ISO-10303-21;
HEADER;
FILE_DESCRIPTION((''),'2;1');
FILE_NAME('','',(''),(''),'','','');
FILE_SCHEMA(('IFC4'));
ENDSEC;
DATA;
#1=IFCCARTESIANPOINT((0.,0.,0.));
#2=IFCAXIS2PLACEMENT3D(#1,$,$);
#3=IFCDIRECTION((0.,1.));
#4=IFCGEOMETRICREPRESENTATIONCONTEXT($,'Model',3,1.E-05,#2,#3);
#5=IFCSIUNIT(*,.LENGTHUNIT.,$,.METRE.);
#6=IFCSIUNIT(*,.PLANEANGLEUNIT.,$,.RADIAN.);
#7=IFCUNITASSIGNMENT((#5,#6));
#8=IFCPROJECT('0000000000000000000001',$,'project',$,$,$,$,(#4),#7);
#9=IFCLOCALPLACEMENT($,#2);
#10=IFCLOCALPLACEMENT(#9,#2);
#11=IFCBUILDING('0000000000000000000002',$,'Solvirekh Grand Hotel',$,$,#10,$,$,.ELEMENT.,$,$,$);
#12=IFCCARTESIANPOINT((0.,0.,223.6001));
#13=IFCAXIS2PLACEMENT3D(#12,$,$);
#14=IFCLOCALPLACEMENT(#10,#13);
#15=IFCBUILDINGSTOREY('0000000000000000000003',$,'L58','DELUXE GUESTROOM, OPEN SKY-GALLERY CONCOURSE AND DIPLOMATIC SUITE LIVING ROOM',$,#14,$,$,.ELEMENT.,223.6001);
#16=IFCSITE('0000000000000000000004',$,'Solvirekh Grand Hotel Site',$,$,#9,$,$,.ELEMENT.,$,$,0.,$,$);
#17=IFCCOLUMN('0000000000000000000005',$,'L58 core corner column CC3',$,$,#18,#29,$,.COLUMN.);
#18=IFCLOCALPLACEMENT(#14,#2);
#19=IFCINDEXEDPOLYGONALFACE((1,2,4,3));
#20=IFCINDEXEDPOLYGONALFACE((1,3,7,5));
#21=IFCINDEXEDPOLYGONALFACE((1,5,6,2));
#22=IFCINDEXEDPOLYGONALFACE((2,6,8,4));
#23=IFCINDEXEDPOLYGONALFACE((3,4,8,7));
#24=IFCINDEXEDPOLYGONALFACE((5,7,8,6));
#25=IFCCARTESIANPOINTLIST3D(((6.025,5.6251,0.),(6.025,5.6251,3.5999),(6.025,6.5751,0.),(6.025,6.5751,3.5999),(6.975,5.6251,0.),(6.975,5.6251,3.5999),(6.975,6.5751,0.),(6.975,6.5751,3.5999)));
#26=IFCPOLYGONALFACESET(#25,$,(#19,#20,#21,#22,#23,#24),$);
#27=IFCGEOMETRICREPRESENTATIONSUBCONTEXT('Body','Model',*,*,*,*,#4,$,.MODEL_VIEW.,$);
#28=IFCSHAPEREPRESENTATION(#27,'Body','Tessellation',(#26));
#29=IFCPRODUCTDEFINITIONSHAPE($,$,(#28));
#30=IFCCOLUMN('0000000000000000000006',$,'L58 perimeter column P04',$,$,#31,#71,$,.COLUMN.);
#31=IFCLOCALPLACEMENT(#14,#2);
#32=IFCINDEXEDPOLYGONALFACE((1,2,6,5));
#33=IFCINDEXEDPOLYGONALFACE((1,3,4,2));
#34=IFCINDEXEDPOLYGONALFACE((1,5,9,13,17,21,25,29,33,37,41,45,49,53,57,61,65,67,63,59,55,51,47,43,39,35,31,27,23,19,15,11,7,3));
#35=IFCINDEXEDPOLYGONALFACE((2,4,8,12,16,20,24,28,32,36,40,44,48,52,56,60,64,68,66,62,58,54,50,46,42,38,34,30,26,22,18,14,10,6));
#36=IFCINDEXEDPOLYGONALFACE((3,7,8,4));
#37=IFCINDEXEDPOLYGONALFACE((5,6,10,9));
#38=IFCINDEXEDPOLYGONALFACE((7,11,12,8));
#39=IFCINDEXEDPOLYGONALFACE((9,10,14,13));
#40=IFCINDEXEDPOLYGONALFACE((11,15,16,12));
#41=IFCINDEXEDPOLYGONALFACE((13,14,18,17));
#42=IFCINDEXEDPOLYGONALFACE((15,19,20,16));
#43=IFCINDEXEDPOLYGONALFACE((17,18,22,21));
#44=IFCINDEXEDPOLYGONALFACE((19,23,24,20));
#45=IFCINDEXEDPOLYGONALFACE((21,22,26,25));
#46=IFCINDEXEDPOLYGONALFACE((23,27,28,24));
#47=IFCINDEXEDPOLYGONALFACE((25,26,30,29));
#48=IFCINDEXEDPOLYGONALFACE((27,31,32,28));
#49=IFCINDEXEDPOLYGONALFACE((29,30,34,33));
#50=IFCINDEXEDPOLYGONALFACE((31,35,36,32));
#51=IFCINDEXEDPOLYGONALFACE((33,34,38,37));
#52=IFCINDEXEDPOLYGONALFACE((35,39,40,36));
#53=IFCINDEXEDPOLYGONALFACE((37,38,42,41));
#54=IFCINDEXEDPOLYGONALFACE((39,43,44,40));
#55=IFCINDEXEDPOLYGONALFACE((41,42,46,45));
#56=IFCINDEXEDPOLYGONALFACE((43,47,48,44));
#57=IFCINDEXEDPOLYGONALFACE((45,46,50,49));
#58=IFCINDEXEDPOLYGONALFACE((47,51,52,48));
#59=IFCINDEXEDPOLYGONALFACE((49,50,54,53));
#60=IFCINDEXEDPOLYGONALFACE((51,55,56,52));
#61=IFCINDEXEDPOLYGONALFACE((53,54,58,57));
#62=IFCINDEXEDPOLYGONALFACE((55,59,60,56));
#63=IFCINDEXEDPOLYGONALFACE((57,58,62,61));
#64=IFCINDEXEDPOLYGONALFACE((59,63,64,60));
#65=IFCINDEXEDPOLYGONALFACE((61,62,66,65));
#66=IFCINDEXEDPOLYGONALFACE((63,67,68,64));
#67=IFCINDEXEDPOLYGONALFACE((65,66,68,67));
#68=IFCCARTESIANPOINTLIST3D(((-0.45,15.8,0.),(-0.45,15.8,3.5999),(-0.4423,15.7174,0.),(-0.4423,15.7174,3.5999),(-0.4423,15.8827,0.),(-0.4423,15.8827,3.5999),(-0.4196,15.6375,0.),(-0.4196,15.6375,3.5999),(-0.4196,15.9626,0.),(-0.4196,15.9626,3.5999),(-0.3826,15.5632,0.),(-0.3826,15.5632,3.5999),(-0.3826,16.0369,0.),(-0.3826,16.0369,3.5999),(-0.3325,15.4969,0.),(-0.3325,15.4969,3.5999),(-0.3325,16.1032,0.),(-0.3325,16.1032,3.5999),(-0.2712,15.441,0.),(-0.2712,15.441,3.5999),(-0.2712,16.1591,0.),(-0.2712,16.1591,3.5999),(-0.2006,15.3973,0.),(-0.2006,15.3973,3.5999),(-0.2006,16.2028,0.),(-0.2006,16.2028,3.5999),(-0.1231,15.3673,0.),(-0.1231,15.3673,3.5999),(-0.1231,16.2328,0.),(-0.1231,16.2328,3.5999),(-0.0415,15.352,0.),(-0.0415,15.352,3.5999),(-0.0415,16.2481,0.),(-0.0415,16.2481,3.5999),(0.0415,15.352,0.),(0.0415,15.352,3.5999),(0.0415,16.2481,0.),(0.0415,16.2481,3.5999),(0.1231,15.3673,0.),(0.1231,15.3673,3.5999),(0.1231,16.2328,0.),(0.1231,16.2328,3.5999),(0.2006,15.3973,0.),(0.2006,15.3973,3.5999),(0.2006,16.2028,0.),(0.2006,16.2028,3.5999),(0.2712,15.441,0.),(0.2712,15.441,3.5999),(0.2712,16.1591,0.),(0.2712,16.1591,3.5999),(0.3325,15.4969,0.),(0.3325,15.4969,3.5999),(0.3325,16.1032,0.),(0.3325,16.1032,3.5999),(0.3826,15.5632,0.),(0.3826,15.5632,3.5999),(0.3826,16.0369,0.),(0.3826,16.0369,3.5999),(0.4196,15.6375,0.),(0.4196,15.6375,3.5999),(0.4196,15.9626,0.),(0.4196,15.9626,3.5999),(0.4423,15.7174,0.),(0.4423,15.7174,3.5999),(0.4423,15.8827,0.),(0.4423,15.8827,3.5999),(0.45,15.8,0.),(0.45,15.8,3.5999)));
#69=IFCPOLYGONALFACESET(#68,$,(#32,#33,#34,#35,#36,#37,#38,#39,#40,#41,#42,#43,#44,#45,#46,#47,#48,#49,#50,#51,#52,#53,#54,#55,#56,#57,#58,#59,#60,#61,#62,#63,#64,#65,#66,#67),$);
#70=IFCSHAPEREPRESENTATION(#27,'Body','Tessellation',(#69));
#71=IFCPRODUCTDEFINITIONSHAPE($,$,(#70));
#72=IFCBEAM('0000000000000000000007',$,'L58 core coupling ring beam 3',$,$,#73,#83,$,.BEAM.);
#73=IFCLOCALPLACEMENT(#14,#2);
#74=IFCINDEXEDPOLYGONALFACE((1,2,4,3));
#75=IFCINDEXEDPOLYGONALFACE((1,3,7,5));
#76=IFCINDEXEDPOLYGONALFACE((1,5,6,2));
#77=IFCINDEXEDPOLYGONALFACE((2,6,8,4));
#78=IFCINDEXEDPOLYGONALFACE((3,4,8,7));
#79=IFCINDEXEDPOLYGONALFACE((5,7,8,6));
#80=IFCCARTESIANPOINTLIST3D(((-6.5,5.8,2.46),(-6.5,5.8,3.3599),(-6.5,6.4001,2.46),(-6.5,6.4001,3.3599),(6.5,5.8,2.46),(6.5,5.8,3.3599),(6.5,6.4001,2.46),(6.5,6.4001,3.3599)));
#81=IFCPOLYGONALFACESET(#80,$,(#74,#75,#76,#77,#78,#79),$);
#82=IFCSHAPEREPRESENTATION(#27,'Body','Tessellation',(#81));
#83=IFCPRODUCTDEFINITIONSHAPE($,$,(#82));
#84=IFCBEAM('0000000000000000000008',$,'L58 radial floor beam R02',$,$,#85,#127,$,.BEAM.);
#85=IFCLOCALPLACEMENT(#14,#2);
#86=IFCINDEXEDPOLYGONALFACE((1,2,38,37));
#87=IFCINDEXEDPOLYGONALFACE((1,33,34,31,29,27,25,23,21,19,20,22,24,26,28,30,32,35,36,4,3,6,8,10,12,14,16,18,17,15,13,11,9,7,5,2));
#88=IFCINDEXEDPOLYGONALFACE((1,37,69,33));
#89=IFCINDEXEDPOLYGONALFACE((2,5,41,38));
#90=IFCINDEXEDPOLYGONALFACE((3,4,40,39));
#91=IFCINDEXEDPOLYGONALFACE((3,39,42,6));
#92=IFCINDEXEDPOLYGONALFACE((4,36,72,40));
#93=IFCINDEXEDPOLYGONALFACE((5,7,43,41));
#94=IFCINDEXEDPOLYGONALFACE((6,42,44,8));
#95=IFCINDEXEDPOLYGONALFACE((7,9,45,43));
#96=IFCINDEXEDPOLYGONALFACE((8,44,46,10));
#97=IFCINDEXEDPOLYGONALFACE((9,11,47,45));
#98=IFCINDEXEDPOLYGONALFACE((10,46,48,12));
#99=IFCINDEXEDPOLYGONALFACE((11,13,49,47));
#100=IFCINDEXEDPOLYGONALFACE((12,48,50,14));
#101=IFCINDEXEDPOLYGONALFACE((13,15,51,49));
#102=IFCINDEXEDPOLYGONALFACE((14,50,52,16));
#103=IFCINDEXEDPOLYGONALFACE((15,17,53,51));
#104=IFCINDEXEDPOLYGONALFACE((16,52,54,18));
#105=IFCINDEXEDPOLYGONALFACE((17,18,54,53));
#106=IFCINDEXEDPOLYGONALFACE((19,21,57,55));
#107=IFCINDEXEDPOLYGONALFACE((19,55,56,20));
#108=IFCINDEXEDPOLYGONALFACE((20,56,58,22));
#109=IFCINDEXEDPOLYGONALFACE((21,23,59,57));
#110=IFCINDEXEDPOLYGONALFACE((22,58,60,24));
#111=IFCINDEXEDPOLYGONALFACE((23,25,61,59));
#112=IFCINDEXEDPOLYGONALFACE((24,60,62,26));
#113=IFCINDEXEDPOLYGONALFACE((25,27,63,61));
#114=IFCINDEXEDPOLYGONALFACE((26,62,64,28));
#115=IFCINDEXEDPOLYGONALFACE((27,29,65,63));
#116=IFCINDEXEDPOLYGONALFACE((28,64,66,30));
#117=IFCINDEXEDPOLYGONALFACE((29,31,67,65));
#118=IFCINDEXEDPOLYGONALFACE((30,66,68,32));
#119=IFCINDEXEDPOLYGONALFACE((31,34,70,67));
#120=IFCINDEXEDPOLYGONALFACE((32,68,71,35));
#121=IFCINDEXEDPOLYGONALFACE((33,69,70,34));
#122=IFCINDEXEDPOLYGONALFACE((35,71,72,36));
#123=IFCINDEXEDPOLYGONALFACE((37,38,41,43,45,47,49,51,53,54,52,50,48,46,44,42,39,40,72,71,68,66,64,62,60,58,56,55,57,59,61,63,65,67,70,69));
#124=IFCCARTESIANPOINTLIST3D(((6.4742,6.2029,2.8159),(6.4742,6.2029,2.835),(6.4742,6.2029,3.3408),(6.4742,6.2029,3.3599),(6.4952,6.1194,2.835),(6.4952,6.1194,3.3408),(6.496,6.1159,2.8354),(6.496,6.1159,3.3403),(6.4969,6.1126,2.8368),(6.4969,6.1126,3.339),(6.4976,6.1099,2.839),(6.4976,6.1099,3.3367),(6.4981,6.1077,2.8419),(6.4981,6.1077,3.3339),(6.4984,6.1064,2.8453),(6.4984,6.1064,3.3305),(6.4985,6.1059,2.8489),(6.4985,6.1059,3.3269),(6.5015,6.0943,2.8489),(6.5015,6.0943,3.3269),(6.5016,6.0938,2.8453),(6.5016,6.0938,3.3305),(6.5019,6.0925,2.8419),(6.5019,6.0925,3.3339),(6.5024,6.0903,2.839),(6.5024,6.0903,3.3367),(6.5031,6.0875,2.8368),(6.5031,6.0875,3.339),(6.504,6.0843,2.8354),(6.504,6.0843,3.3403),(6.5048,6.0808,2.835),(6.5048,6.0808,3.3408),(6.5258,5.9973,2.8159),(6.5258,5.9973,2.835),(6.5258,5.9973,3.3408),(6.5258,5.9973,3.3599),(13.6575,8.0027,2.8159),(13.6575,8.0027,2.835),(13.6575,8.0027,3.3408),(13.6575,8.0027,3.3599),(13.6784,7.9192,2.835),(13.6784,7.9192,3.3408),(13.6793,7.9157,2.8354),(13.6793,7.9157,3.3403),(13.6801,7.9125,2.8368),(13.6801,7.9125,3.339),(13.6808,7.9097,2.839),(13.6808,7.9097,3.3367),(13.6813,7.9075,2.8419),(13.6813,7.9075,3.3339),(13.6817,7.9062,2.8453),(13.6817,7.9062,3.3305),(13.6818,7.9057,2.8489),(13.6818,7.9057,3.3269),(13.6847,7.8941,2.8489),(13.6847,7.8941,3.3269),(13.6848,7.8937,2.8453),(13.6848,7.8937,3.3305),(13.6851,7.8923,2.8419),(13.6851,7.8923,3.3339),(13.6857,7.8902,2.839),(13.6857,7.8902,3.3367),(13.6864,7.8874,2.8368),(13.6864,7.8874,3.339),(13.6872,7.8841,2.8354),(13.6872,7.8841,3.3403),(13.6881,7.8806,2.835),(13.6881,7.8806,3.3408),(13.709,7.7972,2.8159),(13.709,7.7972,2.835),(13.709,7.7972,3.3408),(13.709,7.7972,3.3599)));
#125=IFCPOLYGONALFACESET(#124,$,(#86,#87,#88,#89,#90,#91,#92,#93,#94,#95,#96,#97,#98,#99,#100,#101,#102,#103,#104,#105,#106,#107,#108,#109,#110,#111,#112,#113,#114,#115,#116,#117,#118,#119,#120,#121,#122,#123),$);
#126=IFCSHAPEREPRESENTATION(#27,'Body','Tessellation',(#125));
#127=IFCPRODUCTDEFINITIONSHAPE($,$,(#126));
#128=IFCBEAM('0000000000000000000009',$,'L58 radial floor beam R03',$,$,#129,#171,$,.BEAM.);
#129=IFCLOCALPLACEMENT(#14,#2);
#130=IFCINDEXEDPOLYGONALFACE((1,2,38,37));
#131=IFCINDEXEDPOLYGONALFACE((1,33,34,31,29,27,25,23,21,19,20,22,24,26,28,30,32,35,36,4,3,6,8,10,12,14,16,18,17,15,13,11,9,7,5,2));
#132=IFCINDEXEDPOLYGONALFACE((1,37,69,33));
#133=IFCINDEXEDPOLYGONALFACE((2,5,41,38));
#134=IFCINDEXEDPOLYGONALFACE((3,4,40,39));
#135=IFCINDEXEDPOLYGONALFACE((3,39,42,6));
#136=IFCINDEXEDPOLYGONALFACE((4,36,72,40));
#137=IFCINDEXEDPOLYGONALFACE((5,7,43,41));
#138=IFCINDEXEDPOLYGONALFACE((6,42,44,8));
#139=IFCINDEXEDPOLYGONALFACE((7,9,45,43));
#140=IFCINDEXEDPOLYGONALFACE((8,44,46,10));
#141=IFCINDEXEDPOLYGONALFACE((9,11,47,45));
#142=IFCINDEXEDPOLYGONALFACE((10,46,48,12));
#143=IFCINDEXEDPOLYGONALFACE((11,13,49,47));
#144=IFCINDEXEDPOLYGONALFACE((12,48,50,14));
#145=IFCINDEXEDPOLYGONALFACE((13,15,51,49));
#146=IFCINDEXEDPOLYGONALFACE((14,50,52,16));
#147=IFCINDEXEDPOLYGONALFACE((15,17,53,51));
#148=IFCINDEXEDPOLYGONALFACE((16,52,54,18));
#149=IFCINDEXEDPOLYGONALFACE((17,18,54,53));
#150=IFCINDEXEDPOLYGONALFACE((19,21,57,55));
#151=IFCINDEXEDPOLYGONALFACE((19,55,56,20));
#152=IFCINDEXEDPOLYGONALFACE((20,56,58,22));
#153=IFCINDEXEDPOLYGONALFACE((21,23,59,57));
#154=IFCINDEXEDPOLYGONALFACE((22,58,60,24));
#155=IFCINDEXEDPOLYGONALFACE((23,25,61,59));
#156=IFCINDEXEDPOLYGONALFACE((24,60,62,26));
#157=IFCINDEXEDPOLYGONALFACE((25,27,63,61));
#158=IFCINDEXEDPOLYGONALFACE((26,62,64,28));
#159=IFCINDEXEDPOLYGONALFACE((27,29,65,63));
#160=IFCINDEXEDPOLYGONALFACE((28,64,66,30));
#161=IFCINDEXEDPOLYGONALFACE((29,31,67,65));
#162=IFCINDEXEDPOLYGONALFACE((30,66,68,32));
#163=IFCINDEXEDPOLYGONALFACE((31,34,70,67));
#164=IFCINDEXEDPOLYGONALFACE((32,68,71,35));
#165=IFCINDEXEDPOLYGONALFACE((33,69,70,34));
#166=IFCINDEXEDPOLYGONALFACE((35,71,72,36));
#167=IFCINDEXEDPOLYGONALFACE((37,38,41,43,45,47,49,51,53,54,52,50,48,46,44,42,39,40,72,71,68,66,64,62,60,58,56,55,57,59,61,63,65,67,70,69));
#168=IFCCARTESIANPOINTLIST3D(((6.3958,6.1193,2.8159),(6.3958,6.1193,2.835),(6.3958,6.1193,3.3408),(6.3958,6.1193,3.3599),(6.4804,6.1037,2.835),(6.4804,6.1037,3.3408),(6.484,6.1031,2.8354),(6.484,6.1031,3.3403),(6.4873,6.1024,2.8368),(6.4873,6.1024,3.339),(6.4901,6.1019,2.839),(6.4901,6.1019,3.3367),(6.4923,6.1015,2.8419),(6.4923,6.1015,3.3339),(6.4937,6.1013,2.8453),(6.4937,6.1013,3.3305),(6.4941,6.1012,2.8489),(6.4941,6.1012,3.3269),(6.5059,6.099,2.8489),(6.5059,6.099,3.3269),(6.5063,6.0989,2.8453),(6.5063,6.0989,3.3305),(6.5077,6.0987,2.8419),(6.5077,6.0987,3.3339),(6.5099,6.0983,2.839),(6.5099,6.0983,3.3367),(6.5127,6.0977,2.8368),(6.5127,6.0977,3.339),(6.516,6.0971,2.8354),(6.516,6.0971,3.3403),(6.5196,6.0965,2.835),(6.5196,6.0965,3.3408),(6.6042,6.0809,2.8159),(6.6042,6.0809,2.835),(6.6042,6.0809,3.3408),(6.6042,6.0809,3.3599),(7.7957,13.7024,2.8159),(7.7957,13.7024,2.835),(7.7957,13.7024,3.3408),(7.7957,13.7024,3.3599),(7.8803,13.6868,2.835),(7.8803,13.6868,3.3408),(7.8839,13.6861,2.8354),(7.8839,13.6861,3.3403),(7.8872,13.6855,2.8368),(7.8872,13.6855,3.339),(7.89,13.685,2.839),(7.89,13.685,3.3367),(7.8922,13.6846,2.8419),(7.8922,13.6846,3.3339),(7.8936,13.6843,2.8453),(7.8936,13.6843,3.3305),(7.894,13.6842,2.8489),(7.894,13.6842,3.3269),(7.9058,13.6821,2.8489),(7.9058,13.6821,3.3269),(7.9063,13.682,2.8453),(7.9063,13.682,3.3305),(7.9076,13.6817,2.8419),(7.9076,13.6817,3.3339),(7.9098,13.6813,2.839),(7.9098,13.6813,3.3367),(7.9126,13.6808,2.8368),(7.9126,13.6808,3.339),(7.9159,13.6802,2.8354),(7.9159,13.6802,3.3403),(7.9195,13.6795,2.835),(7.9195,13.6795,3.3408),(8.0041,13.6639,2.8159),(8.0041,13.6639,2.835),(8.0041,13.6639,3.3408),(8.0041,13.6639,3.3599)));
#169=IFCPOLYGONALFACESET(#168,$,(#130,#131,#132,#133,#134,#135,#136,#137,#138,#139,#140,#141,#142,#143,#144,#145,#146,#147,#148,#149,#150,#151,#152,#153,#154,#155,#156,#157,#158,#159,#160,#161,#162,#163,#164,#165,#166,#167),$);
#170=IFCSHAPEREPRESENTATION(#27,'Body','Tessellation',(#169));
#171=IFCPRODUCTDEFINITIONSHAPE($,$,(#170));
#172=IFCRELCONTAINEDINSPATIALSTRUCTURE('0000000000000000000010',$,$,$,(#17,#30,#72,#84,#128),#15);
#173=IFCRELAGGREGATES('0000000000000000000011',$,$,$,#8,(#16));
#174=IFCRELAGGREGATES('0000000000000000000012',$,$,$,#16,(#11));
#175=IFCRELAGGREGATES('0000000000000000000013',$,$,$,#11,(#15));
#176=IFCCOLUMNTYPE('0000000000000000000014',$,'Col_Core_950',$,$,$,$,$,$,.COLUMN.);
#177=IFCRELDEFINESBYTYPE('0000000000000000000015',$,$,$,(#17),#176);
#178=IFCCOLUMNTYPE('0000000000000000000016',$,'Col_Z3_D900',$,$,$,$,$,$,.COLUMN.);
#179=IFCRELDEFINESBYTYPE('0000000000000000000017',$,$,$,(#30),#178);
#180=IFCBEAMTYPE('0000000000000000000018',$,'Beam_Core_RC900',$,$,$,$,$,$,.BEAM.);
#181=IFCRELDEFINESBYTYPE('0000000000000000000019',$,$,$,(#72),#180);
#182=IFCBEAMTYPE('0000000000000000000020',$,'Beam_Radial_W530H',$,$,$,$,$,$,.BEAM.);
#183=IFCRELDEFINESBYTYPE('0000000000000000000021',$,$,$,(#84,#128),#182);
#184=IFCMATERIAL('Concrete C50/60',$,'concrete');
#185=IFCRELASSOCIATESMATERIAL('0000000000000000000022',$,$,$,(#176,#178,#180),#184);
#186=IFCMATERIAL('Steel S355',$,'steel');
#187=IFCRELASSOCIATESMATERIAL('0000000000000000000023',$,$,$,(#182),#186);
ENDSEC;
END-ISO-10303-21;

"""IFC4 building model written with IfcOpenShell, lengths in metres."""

from ifc_helpers import new_model, si_unit, direction, frame, origin, origin_2d, place, context, subcontext, project, spatial, rectangle, circle, i_section, extrude, material, material_profile, profile_set, type_object, element, save


model = new_model("IFC4")

# Units and contexts
model_context = context("Model", 3, precision=1e-05, world=origin(), true_north=direction((0.0, 1.0)))
body_context = subcontext(model_context, "Body", "Model", "MODEL_VIEW")
ifc_project = project(units=[si_unit("LENGTHUNIT", "METRE"), si_unit("PLANEANGLEUNIT", "RADIAN")], contexts=[model_context])

# Site, building, storey
site_placement = place(None, origin())
site = spatial("IfcSite", under=ifc_project, at=site_placement, Name="Solvirekh Grand Hotel Site", CompositionType="ELEMENT", RefElevation=0.0)
building_placement = place(site_placement, origin())
building = spatial("IfcBuilding", under=site, at=building_placement, Name="Solvirekh Grand Hotel", CompositionType="ELEMENT")
storey_placement = place(building_placement, frame((0.0, 0.0, 223.6001)))
storey = spatial("IfcBuildingStorey", under=building, at=storey_placement, Name="L58", Description="DELUXE GUESTROOM, OPEN SKY-GALLERY CONCOURSE AND DIPLOMATIC SUITE LIVING ROOM", CompositionType="ELEMENT", Elevation=223.6001)

# Columns
ifc_material_1 = material(Name="Concrete C50/60", Category="concrete")
ifc_material_profile_1 = material_profile(ifc_material_1, rectangle(XDim=0.95, YDim=0.95, at=origin_2d()), Name="RC 950X950")
ifc_profile_set_1 = profile_set([ifc_material_profile_1], Name="Concrete C50/60")
column_type_1 = type_object("IfcColumnType", Name="Col_Core_950", PredefinedType="COLUMN", material=ifc_profile_set_1)
column_1_placement = place(storey_placement, frame((6.5, 6.1001, 0.0), z_axis=(0.0, 0.0, 1.0), x_axis=(1.0, 0.0, 0.0)))
element("IfcColumn", 1, at=column_1_placement, inside=storey, type_object=column_type_1, Name="L58 core corner column CC3", PredefinedType="COLUMN", context=body_context, shape_type="SweptSolid", body=[
    extrude(rectangle(XDim=0.95, YDim=0.95, at=origin_2d()), origin(), (0.0, 0.0, 1.0), 3.5999),
])
ifc_material_profile_2 = material_profile(ifc_material_1, circle(Radius=0.45, at=origin_2d()), Name="RC CIRC D900")
ifc_profile_set_2 = profile_set([ifc_material_profile_2], Name="Concrete C50/60")
column_type_2 = type_object("IfcColumnType", Name="Col_Z3_D900", PredefinedType="COLUMN", material=ifc_profile_set_2)
column_2_placement = place(storey_placement, frame((0.0, 15.8, 0.0), z_axis=(0.0, 0.0, 1.0), x_axis=(1.0, 0.0, 0.0)))
element("IfcColumn", 2, at=column_2_placement, inside=storey, type_object=column_type_2, Name="L58 perimeter column P04", PredefinedType="COLUMN", context=body_context, shape_type="SweptSolid", body=[
    extrude(circle(Radius=0.45, at=origin_2d()), origin(), (0.0, 0.0, 1.0), 3.5999),
])

# Beams
ifc_material_profile_3 = material_profile(ifc_material_1, rectangle(XDim=0.6001, YDim=0.8999, at=origin_2d()), Name="RC BEAM 600X900")
ifc_profile_set_3 = profile_set([ifc_material_profile_3], Name="Concrete C50/60")
beam_type_1 = type_object("IfcBeamType", Name="Beam_Core_RC900", PredefinedType="BEAM", material=ifc_profile_set_3)
beam_1_placement = place(storey_placement, frame((6.5, 6.1001, 2.9099), z_axis=(-1.0, 0.0, 0.0), x_axis=(0.0, -1.0, 0.0)))
element("IfcBeam", 3, at=beam_1_placement, inside=storey, type_object=beam_type_1, Name="L58 core coupling ring beam 3", PredefinedType="BEAM", context=body_context, shape_type="SweptSolid", body=[
    extrude(rectangle(XDim=0.6001, YDim=0.8999, at=origin_2d()), origin(), (0.0, 0.0, 1.0), 13.0),
])
ifc_material_2 = material(Name="Steel S355", Category="steel")
ifc_material_profile_4 = material_profile(ifc_material_2, i_section(OverallWidth=0.2119, OverallDepth=0.5439, WebThickness=0.012, FlangeThickness=0.019, FilletRadius=0.0139, at=origin_2d()), Name="W530X123")
ifc_profile_set_4 = profile_set([ifc_material_profile_4], Name="Steel S355")
beam_type_2 = type_object("IfcBeamType", Name="Beam_Radial_W530H", PredefinedType="BEAM", material=ifc_profile_set_4)
beam_2_placement = place(storey_placement, frame((6.5, 6.1001, 3.0879), z_axis=(0.970014, 0.243048, 0.0), x_axis=(-0.243048, 0.970014, 0.0)))
element("IfcBeam", 4, at=beam_2_placement, inside=storey, type_object=beam_type_2, Name="L58 radial floor beam R02", PredefinedType="BEAM", context=body_context, shape_type="SweptSolid", body=[
    extrude(i_section(OverallWidth=0.2119, OverallDepth=0.5439, WebThickness=0.012, FlangeThickness=0.019, FilletRadius=0.0139, at=origin_2d()), origin(), (0.0, 0.0, 1.0), 7.4053),
])
beam_3_placement = place(storey_placement, frame((6.5, 6.1001, 3.0879), z_axis=(0.181543, 0.983383, 0.0), x_axis=(-0.983383, 0.181543, 0.0)))
element("IfcBeam", 5, at=beam_3_placement, inside=storey, type_object=beam_type_2, Name="L58 radial floor beam R03", PredefinedType="BEAM", context=body_context, shape_type="SweptSolid", body=[
    extrude(i_section(OverallWidth=0.2119, OverallDepth=0.5439, WebThickness=0.012, FlangeThickness=0.019, FilletRadius=0.0139, at=origin_2d()), origin(), (0.0, 0.0, 1.0), 7.7112),
])

save(model, "model.ifc")
